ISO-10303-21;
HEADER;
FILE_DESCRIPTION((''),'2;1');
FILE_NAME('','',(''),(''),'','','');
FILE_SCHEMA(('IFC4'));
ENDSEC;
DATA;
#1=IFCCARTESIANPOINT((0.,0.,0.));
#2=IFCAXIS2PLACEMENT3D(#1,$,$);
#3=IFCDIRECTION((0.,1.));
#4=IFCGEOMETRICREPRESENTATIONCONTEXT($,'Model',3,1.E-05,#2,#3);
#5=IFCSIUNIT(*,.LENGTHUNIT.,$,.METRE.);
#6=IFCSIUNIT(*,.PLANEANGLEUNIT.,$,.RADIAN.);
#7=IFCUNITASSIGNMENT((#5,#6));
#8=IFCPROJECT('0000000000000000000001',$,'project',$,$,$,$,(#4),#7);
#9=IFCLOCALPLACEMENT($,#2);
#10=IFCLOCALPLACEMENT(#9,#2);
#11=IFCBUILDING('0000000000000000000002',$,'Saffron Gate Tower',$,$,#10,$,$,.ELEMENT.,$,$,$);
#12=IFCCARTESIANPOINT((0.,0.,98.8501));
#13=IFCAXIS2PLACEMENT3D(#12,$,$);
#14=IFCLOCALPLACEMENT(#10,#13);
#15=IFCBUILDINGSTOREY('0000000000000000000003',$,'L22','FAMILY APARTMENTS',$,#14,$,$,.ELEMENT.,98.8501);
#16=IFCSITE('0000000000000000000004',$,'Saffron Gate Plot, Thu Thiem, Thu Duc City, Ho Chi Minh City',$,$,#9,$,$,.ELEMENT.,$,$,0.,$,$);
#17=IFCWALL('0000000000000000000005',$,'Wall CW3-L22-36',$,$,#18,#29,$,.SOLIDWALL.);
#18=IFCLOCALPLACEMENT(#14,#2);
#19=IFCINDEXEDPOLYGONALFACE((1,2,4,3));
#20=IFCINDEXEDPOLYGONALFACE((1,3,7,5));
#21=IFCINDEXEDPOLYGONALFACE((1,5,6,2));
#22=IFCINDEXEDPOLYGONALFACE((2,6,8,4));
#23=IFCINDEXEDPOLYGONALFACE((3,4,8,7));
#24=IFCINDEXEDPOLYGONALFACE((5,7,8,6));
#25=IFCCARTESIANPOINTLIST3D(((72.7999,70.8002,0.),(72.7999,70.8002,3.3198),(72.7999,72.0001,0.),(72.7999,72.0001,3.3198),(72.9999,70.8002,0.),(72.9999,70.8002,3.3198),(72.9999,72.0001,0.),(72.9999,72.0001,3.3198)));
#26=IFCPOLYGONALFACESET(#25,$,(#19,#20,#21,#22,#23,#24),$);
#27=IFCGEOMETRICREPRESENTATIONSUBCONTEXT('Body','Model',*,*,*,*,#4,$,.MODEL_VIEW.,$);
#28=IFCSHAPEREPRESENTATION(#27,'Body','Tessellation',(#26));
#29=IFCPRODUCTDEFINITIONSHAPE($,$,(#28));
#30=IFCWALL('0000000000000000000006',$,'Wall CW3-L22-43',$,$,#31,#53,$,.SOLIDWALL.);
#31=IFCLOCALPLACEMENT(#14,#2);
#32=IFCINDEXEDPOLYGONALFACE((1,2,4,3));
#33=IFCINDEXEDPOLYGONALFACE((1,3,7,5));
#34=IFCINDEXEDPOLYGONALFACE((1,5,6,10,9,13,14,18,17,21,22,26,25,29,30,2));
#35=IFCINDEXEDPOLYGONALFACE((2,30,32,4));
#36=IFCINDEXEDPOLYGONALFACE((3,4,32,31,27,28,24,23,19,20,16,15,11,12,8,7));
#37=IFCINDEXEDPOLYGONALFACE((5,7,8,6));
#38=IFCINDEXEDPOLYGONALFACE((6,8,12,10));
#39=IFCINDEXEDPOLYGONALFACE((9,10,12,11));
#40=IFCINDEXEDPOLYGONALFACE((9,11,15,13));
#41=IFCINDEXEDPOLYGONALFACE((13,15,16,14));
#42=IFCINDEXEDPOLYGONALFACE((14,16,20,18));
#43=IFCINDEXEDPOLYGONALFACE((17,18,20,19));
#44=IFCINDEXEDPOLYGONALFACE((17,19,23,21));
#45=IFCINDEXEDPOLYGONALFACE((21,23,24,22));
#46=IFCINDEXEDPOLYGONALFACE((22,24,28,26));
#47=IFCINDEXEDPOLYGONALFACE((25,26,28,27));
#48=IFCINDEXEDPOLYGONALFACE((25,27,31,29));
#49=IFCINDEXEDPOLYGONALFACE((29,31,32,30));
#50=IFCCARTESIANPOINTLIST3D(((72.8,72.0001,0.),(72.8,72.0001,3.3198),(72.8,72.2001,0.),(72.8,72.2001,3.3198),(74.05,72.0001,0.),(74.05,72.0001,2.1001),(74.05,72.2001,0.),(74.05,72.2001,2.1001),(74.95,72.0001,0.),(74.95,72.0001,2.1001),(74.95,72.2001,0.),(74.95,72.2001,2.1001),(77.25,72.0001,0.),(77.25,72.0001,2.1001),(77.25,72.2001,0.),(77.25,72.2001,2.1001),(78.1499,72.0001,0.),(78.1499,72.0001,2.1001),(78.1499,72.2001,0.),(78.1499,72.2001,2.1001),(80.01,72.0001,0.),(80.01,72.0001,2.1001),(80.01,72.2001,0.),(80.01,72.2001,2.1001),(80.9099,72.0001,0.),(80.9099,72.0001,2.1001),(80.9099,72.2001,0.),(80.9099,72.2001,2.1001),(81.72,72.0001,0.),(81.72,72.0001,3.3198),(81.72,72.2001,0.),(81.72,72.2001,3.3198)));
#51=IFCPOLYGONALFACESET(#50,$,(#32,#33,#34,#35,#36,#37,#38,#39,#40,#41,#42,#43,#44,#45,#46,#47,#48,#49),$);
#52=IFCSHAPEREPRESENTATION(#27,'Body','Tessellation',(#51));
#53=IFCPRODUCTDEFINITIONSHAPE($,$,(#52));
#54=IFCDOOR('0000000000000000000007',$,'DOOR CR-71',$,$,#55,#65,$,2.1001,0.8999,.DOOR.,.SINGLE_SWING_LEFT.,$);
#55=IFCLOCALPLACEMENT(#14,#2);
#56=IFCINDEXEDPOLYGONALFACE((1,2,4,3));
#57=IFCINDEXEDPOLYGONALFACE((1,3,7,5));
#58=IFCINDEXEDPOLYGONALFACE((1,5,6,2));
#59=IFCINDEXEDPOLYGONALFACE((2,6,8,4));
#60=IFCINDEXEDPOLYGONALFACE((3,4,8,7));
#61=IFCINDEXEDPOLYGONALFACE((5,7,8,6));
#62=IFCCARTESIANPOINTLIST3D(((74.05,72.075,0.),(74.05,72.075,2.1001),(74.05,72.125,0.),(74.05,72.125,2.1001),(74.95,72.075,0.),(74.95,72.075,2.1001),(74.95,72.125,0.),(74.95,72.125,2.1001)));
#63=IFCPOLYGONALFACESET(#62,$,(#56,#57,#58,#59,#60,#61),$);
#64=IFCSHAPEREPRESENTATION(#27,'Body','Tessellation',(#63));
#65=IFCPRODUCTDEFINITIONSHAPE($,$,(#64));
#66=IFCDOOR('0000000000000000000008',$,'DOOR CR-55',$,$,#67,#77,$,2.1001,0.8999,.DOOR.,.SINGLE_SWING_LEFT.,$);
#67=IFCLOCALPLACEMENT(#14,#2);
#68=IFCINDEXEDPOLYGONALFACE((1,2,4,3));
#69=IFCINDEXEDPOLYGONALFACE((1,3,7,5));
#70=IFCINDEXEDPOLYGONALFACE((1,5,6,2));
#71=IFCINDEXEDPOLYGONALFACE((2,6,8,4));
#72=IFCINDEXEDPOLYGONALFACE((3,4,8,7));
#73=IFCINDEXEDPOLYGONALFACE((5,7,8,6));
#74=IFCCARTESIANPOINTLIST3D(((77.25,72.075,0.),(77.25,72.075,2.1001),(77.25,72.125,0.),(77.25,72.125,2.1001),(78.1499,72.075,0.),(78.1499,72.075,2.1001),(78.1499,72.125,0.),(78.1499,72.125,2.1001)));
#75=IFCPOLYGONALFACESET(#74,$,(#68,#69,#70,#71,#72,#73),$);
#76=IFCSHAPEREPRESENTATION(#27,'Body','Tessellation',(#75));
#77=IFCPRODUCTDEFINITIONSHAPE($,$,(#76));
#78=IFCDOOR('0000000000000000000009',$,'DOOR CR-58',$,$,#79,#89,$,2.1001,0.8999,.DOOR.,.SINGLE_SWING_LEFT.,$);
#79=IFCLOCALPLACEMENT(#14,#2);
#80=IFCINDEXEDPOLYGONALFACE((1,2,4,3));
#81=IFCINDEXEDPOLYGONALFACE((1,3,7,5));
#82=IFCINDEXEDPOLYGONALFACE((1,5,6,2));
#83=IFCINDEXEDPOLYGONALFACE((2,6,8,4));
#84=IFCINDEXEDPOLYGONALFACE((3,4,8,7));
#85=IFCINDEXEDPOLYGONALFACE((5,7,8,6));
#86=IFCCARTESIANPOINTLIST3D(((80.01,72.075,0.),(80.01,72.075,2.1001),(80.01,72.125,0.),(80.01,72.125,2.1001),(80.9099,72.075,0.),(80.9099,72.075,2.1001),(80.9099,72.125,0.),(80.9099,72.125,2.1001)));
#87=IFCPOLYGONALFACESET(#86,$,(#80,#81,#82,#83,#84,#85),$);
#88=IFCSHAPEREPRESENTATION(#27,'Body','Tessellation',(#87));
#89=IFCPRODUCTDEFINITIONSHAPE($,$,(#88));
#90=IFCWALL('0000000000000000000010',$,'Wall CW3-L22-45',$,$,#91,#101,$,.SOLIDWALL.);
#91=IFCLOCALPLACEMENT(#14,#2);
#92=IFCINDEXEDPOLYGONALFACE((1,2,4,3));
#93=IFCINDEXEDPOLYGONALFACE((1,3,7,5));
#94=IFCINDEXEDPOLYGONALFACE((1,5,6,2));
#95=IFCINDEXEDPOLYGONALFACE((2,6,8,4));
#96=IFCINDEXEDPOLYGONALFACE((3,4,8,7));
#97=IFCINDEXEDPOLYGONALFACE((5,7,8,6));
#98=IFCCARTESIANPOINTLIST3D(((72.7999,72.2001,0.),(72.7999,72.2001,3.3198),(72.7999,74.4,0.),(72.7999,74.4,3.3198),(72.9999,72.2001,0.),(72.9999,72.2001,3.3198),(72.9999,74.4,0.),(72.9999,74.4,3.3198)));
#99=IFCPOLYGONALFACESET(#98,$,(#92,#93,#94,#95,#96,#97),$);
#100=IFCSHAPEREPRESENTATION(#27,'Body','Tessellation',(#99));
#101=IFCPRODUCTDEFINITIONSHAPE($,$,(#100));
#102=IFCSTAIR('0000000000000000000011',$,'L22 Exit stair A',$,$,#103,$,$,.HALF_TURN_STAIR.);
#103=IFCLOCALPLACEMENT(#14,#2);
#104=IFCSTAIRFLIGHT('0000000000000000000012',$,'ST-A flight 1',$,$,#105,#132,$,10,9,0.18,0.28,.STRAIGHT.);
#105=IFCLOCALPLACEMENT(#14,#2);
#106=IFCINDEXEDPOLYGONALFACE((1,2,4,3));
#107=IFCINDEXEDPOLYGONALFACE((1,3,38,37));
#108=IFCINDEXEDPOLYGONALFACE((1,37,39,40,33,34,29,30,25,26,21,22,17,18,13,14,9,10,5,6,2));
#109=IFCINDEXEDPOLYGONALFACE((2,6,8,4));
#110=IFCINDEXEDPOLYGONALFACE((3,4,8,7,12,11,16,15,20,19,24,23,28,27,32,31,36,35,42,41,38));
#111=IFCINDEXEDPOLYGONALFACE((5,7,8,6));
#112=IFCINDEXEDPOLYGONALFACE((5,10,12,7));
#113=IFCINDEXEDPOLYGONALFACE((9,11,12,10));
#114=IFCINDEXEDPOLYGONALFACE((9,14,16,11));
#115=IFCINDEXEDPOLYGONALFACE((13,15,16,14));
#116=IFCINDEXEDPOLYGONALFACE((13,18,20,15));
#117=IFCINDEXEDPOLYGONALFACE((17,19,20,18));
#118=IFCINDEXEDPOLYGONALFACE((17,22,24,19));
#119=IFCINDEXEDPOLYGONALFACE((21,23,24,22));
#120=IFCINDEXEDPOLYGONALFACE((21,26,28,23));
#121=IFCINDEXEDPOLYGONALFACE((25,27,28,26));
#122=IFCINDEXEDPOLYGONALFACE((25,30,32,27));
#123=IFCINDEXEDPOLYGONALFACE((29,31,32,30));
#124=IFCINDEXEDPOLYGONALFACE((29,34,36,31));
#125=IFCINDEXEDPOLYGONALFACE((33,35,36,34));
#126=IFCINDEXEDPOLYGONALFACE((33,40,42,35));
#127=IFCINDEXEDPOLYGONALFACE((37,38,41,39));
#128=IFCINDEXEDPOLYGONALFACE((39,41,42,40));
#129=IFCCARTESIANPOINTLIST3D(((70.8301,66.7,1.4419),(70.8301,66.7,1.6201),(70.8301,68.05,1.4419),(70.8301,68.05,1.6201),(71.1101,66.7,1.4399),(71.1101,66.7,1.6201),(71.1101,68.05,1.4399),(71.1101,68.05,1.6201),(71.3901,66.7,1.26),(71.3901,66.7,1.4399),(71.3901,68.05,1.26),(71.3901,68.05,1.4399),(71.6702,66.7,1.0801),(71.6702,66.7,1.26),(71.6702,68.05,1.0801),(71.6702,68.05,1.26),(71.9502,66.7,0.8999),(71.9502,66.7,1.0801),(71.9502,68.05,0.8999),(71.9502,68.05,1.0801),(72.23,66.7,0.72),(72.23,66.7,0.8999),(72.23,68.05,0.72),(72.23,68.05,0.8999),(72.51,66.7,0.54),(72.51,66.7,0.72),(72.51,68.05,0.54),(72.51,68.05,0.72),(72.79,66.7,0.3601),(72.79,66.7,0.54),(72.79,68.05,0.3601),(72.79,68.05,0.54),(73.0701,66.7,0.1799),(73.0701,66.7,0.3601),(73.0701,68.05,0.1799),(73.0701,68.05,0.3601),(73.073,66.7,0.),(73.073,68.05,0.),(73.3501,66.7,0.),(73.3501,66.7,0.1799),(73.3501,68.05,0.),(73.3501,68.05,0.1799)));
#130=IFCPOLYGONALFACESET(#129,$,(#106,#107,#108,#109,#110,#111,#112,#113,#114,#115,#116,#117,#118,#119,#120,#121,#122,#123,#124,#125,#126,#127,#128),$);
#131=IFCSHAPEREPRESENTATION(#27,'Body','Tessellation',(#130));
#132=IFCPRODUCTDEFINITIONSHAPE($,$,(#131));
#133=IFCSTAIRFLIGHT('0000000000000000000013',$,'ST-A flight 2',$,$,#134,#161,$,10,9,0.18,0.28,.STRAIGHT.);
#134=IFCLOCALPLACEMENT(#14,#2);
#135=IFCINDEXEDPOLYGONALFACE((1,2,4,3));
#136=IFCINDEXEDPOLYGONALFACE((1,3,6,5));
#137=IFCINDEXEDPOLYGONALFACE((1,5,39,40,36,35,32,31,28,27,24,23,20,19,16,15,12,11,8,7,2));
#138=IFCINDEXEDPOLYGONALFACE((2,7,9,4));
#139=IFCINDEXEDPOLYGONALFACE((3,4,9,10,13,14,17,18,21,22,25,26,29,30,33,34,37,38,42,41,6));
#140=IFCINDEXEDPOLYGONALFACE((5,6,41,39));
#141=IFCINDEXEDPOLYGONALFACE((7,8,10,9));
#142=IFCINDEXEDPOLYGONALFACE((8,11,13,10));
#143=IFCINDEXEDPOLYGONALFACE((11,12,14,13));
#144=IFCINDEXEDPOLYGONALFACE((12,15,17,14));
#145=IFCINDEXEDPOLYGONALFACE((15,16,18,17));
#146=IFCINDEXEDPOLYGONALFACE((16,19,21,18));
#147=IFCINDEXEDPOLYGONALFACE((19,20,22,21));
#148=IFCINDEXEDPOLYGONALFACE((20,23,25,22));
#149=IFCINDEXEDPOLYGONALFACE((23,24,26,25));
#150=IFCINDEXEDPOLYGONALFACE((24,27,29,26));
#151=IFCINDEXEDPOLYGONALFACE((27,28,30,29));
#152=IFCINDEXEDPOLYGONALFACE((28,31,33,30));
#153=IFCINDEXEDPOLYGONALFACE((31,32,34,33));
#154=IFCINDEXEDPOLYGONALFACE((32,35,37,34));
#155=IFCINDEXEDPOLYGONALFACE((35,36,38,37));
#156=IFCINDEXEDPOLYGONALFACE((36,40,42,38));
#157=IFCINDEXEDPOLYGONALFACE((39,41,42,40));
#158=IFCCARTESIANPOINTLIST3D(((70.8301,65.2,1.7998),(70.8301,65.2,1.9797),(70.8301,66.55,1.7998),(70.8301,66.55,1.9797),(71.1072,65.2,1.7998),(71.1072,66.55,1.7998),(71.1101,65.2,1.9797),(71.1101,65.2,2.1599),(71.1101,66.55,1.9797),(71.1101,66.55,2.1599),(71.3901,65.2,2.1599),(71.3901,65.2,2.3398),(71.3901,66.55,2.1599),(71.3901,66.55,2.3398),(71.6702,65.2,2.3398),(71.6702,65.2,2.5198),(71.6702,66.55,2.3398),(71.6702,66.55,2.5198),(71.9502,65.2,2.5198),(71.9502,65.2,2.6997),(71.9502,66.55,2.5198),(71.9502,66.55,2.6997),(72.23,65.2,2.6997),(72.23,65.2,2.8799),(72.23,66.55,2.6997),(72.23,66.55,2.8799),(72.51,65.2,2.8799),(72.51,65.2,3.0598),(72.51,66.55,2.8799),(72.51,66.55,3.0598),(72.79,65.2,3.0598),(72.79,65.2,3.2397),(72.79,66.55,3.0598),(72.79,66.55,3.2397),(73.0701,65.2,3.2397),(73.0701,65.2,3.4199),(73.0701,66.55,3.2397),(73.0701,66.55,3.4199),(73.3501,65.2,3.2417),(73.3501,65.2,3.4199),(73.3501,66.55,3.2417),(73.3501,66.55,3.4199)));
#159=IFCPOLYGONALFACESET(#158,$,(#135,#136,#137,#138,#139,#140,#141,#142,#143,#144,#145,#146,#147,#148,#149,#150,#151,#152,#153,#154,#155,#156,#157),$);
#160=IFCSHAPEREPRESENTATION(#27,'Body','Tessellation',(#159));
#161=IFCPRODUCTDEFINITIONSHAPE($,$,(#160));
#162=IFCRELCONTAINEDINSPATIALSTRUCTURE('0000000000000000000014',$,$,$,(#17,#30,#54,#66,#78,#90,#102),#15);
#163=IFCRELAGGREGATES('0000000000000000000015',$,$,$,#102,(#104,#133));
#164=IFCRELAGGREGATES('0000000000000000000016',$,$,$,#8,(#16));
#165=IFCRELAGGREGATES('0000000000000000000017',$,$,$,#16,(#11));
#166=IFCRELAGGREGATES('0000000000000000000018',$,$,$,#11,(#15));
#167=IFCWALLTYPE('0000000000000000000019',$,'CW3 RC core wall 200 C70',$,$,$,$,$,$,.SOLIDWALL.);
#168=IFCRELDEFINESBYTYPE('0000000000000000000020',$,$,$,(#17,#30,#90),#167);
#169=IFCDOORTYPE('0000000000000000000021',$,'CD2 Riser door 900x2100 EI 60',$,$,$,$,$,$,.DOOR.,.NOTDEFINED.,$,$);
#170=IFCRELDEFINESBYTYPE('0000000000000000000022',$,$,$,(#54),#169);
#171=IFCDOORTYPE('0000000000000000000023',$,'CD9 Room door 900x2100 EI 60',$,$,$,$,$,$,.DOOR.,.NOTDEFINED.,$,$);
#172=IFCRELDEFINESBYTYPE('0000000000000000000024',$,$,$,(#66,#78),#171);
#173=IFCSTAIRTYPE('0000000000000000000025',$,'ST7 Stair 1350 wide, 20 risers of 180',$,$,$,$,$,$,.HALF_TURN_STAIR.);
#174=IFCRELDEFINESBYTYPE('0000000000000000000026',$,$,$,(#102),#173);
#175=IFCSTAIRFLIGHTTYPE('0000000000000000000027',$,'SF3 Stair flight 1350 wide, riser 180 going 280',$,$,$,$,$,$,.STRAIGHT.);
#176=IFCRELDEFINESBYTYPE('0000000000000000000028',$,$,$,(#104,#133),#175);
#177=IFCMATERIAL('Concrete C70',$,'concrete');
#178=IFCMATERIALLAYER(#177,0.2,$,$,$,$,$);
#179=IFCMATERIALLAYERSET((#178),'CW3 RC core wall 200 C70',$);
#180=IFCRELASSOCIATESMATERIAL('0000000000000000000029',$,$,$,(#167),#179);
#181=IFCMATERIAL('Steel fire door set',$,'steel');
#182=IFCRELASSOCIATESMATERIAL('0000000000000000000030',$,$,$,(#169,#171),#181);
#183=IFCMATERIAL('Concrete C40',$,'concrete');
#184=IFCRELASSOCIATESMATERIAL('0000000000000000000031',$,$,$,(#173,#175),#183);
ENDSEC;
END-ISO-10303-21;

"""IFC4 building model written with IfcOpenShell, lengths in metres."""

from ifc_helpers import new_model, si_unit, direction, frame, frame_2d, origin, place, context, subcontext, project, spatial, polyline, rectangle, outline, extrude, material, layer, layer_set, type_object, element, fill, aggregate, save


model = new_model("IFC4")

# Units and contexts
model_context = context("Model", 3, precision=1e-05, world=origin(), true_north=direction((0.0, 1.0)))
body_context = subcontext(model_context, "Body", "Model", "MODEL_VIEW")
ifc_project = project(units=[si_unit("LENGTHUNIT", "METRE"), si_unit("PLANEANGLEUNIT", "RADIAN")], contexts=[model_context])

# Site, building, storey
site_placement = place(None, origin())
site = spatial("IfcSite", under=ifc_project, at=site_placement, Name="Saffron Gate Plot, Thu Thiem, Thu Duc City, Ho Chi Minh City", CompositionType="ELEMENT", RefElevation=0.0)
building_placement = place(site_placement, origin())
building = spatial("IfcBuilding", under=site, at=building_placement, Name="Saffron Gate Tower", CompositionType="ELEMENT")
storey_placement = place(building_placement, frame((0.0, 0.0, 98.8501)))
storey = spatial("IfcBuildingStorey", under=building, at=storey_placement, Name="L22", Description="FAMILY APARTMENTS", CompositionType="ELEMENT", Elevation=98.8501)

# Wall
ifc_material_1 = material(Name="Concrete C70", Category="concrete")
ifc_layer = layer(ifc_material_1, 0.2)
ifc_layer_set = layer_set([ifc_layer], Name="CW3 RC core wall 200 C70")
wall_type = type_object("IfcWallType", Name="CW3 RC core wall 200 C70", PredefinedType="SOLIDWALL", material=ifc_layer_set)
wall_1_placement = place(storey_placement, frame((72.8999, 70.8, 0.0), z_axis=(0.0, 0.0, 1.0), x_axis=(0.0, 1.0, 0.0)))
element("IfcWall", 1, at=wall_1_placement, inside=storey, type_object=wall_type, Name="Wall CW3-L22-36", PredefinedType="SOLIDWALL", context=body_context, shape_type="SweptSolid", body=[
    extrude(rectangle(XDim=1.2, YDim=0.2, at=frame_2d((0.6001, 0.0))), origin(), (0.0, 0.0, 1.0), 3.3198),
])

# Wall, openings, doors
wall_2_placement = place(storey_placement, frame((72.8, 72.1001, 0.0), z_axis=(0.0, 0.0, 1.0), x_axis=(1.0, 0.0, 0.0)))
wall_2 = element("IfcWall", 2, at=wall_2_placement, inside=storey, type_object=wall_type, Name="Wall CW3-L22-43", PredefinedType="SOLIDWALL", context=body_context, shape_type="SweptSolid", body=[
    extrude(rectangle(XDim=8.9199, YDim=0.2, at=frame_2d((4.46, 0.0))), origin(), (0.0, 0.0, 1.0), 3.3198),
])
opening_1_placement = place(wall_2_placement, frame((1.25, 0.0, 0.0)))
opening_1 = element("IfcOpeningElement", 3, at=opening_1_placement, cuts=wall_2, PredefinedType="OPENING", context=body_context, shape_type="SweptSolid", body=[
    extrude(rectangle(XDim=0.8999, YDim=2.1001, at=frame_2d((0.45, 1.05))), frame((0.0, 0.1099, 0.0), z_axis=(0.0, -1.0, 0.0), x_axis=(1.0, 0.0, 0.0)), (0.0, 0.0, 1.0), 0.22),
])
opening_2_placement = place(wall_2_placement, frame((4.45, 0.0, 0.0)))
opening_2 = element("IfcOpeningElement", 4, at=opening_2_placement, cuts=wall_2, PredefinedType="OPENING", context=body_context, shape_type="SweptSolid", body=[
    extrude(rectangle(XDim=0.8999, YDim=2.1001, at=frame_2d((0.45, 1.05))), frame((0.0, 0.1099, 0.0), z_axis=(0.0, -1.0, 0.0), x_axis=(1.0, 0.0, 0.0)), (0.0, 0.0, 1.0), 0.22),
])
opening_3_placement = place(wall_2_placement, frame((7.21, 0.0, 0.0)))
opening_3 = element("IfcOpeningElement", 5, at=opening_3_placement, cuts=wall_2, PredefinedType="OPENING", context=body_context, shape_type="SweptSolid", body=[
    extrude(rectangle(XDim=0.8999, YDim=2.1001, at=frame_2d((0.45, 1.05))), frame((0.0, 0.1099, 0.0), z_axis=(0.0, -1.0, 0.0), x_axis=(1.0, 0.0, 0.0)), (0.0, 0.0, 1.0), 0.22),
])
ifc_material_2 = material(Name="Steel fire door set", Category="steel")
door_type_1 = type_object("IfcDoorType", Name="CD2 Riser door 900x2100 EI 60", OperationType="NOTDEFINED", PredefinedType="DOOR", material=ifc_material_2)
door_1_placement = place(opening_1_placement, origin())
door_1 = element("IfcDoor", 6, at=door_1_placement, inside=storey, type_object=door_type_1, Name="DOOR CR-71", OperationType="SINGLE_SWING_LEFT", OverallHeight=2.1001, OverallWidth=0.8999, PredefinedType="DOOR", context=body_context, shape_type="SweptSolid", body=[
    extrude(rectangle(XDim=0.8999, YDim=2.1001, at=frame_2d((0.45, 1.05))), frame((0.0, 0.0249, 0.0), z_axis=(0.0, -1.0, 0.0), x_axis=(1.0, 0.0, 0.0)), (0.0, 0.0, 1.0), 0.05),
])
fill(opening_1, door_1)
door_type_2 = type_object("IfcDoorType", Name="CD9 Room door 900x2100 EI 60", OperationType="NOTDEFINED", PredefinedType="DOOR", material=ifc_material_2)
door_2_placement = place(opening_2_placement, origin())
door_2 = element("IfcDoor", 7, at=door_2_placement, inside=storey, type_object=door_type_2, Name="DOOR CR-55", OperationType="SINGLE_SWING_LEFT", OverallHeight=2.1001, OverallWidth=0.8999, PredefinedType="DOOR", context=body_context, shape_type="SweptSolid", body=[
    extrude(rectangle(XDim=0.8999, YDim=2.1001, at=frame_2d((0.45, 1.05))), frame((0.0, 0.0249, 0.0), z_axis=(0.0, -1.0, 0.0), x_axis=(1.0, 0.0, 0.0)), (0.0, 0.0, 1.0), 0.05),
])
fill(opening_2, door_2)
door_3_placement = place(opening_3_placement, origin())
door_3 = element("IfcDoor", 8, at=door_3_placement, inside=storey, type_object=door_type_2, Name="DOOR CR-58", OperationType="SINGLE_SWING_LEFT", OverallHeight=2.1001, OverallWidth=0.8999, PredefinedType="DOOR", context=body_context, shape_type="SweptSolid", body=[
    extrude(rectangle(XDim=0.8999, YDim=2.1001, at=frame_2d((0.45, 1.05))), frame((0.0, 0.0249, 0.0), z_axis=(0.0, -1.0, 0.0), x_axis=(1.0, 0.0, 0.0)), (0.0, 0.0, 1.0), 0.05),
])
fill(opening_3, door_3)

# Wall
wall_3_placement = place(storey_placement, frame((72.8999, 72.2, 0.0), z_axis=(0.0, 0.0, 1.0), x_axis=(0.0, 1.0, 0.0)))
element("IfcWall", 9, at=wall_3_placement, inside=storey, type_object=wall_type, Name="Wall CW3-L22-45", PredefinedType="SOLIDWALL", context=body_context, shape_type="SweptSolid", body=[
    extrude(rectangle(XDim=2.2, YDim=0.2, at=frame_2d((1.1001, 0.0))), origin(), (0.0, 0.0, 1.0), 3.3198),
])

# Stair, stair flights
ifc_material_3 = material(Name="Concrete C40", Category="concrete")
stair_type = type_object("IfcStairType", Name="ST7 Stair 1350 wide, 20 risers of 180", PredefinedType="HALF_TURN_STAIR", material=ifc_material_3)
stair_placement = place(storey_placement, origin())
stair = element("IfcStair", 10, at=stair_placement, inside=storey, type_object=stair_type, Name="L22 Exit stair A", PredefinedType="HALF_TURN_STAIR")
stair_flight_type = type_object("IfcStairFlightType", Name="SF3 Stair flight 1350 wide, riser 180 going 280", PredefinedType="STRAIGHT", material=ifc_material_3)
stair_flight_1_placement = place(storey_placement, frame((73.3501, 67.375, 0.0), z_axis=(0.0, 0.0, 1.0), x_axis=(-1.0, 0.0, 0.0)))
stair_flight_1 = element("IfcStairFlight", 11, at=stair_flight_1_placement, type_object=stair_flight_type, Name="ST-A flight 1", NumberOfRisers=10, NumberOfTreads=9, PredefinedType="STRAIGHT", RiserHeight=0.18, TreadLength=0.28, context=body_context, shape_type="SweptSolid", body=[
    extrude(outline(polyline([(0.0, 0.0), (0.0, 0.1799), (0.28, 0.1799), (0.28, 0.3601), (0.5601, 0.3601), (0.5601, 0.54), (0.8401, 0.54), (0.8401, 0.72), (1.1201, 0.72), (1.1201, 0.8999), (1.3999, 0.8999), (1.3999, 1.0801), (1.6799, 1.0801), (1.6799, 1.26), (1.96, 1.26), (1.96, 1.4399), (2.24, 1.4399), (2.24, 1.6201), (2.52, 1.6201), (2.52, 1.8), (2.52, 1.4419), (0.2771, 0.0), (0.0, 0.0)])), frame((0.0, 0.675, 0.0), z_axis=(0.0, -1.0, 0.0), x_axis=(1.0, 0.0, 0.0)), (0.0, 0.0, 1.0), 1.3501),
])
stair_flight_2_placement = place(storey_placement, frame((70.8301, 65.875, 1.7998), z_axis=(0.0, 0.0, 1.0), x_axis=(1.0, 0.0, 0.0)))
stair_flight_2 = element("IfcStairFlight", 12, at=stair_flight_2_placement, type_object=stair_flight_type, Name="ST-A flight 2", NumberOfRisers=10, NumberOfTreads=9, PredefinedType="STRAIGHT", RiserHeight=0.18, TreadLength=0.28, context=body_context, shape_type="SweptSolid", body=[
    extrude(outline(polyline([(0.0, 0.0), (0.0, 0.1799), (0.28, 0.1799), (0.28, 0.3601), (0.5601, 0.3601), (0.5601, 0.54), (0.8401, 0.54), (0.8401, 0.72), (1.1201, 0.72), (1.1201, 0.8999), (1.3999, 0.8999), (1.3999, 1.0801), (1.6799, 1.0801), (1.6799, 1.26), (1.96, 1.26), (1.96, 1.4399), (2.24, 1.4399), (2.24, 1.6201), (2.52, 1.6201), (2.52, 1.8), (2.52, 1.4419), (0.2771, 0.0), (0.0, 0.0)])), frame((0.0, 0.675, 0.0), z_axis=(0.0, -1.0, 0.0), x_axis=(1.0, 0.0, 0.0)), (0.0, 0.0, 1.0), 1.3501),
])
aggregate(stair, [stair_flight_1, stair_flight_2])

save(model, "model.ifc")
